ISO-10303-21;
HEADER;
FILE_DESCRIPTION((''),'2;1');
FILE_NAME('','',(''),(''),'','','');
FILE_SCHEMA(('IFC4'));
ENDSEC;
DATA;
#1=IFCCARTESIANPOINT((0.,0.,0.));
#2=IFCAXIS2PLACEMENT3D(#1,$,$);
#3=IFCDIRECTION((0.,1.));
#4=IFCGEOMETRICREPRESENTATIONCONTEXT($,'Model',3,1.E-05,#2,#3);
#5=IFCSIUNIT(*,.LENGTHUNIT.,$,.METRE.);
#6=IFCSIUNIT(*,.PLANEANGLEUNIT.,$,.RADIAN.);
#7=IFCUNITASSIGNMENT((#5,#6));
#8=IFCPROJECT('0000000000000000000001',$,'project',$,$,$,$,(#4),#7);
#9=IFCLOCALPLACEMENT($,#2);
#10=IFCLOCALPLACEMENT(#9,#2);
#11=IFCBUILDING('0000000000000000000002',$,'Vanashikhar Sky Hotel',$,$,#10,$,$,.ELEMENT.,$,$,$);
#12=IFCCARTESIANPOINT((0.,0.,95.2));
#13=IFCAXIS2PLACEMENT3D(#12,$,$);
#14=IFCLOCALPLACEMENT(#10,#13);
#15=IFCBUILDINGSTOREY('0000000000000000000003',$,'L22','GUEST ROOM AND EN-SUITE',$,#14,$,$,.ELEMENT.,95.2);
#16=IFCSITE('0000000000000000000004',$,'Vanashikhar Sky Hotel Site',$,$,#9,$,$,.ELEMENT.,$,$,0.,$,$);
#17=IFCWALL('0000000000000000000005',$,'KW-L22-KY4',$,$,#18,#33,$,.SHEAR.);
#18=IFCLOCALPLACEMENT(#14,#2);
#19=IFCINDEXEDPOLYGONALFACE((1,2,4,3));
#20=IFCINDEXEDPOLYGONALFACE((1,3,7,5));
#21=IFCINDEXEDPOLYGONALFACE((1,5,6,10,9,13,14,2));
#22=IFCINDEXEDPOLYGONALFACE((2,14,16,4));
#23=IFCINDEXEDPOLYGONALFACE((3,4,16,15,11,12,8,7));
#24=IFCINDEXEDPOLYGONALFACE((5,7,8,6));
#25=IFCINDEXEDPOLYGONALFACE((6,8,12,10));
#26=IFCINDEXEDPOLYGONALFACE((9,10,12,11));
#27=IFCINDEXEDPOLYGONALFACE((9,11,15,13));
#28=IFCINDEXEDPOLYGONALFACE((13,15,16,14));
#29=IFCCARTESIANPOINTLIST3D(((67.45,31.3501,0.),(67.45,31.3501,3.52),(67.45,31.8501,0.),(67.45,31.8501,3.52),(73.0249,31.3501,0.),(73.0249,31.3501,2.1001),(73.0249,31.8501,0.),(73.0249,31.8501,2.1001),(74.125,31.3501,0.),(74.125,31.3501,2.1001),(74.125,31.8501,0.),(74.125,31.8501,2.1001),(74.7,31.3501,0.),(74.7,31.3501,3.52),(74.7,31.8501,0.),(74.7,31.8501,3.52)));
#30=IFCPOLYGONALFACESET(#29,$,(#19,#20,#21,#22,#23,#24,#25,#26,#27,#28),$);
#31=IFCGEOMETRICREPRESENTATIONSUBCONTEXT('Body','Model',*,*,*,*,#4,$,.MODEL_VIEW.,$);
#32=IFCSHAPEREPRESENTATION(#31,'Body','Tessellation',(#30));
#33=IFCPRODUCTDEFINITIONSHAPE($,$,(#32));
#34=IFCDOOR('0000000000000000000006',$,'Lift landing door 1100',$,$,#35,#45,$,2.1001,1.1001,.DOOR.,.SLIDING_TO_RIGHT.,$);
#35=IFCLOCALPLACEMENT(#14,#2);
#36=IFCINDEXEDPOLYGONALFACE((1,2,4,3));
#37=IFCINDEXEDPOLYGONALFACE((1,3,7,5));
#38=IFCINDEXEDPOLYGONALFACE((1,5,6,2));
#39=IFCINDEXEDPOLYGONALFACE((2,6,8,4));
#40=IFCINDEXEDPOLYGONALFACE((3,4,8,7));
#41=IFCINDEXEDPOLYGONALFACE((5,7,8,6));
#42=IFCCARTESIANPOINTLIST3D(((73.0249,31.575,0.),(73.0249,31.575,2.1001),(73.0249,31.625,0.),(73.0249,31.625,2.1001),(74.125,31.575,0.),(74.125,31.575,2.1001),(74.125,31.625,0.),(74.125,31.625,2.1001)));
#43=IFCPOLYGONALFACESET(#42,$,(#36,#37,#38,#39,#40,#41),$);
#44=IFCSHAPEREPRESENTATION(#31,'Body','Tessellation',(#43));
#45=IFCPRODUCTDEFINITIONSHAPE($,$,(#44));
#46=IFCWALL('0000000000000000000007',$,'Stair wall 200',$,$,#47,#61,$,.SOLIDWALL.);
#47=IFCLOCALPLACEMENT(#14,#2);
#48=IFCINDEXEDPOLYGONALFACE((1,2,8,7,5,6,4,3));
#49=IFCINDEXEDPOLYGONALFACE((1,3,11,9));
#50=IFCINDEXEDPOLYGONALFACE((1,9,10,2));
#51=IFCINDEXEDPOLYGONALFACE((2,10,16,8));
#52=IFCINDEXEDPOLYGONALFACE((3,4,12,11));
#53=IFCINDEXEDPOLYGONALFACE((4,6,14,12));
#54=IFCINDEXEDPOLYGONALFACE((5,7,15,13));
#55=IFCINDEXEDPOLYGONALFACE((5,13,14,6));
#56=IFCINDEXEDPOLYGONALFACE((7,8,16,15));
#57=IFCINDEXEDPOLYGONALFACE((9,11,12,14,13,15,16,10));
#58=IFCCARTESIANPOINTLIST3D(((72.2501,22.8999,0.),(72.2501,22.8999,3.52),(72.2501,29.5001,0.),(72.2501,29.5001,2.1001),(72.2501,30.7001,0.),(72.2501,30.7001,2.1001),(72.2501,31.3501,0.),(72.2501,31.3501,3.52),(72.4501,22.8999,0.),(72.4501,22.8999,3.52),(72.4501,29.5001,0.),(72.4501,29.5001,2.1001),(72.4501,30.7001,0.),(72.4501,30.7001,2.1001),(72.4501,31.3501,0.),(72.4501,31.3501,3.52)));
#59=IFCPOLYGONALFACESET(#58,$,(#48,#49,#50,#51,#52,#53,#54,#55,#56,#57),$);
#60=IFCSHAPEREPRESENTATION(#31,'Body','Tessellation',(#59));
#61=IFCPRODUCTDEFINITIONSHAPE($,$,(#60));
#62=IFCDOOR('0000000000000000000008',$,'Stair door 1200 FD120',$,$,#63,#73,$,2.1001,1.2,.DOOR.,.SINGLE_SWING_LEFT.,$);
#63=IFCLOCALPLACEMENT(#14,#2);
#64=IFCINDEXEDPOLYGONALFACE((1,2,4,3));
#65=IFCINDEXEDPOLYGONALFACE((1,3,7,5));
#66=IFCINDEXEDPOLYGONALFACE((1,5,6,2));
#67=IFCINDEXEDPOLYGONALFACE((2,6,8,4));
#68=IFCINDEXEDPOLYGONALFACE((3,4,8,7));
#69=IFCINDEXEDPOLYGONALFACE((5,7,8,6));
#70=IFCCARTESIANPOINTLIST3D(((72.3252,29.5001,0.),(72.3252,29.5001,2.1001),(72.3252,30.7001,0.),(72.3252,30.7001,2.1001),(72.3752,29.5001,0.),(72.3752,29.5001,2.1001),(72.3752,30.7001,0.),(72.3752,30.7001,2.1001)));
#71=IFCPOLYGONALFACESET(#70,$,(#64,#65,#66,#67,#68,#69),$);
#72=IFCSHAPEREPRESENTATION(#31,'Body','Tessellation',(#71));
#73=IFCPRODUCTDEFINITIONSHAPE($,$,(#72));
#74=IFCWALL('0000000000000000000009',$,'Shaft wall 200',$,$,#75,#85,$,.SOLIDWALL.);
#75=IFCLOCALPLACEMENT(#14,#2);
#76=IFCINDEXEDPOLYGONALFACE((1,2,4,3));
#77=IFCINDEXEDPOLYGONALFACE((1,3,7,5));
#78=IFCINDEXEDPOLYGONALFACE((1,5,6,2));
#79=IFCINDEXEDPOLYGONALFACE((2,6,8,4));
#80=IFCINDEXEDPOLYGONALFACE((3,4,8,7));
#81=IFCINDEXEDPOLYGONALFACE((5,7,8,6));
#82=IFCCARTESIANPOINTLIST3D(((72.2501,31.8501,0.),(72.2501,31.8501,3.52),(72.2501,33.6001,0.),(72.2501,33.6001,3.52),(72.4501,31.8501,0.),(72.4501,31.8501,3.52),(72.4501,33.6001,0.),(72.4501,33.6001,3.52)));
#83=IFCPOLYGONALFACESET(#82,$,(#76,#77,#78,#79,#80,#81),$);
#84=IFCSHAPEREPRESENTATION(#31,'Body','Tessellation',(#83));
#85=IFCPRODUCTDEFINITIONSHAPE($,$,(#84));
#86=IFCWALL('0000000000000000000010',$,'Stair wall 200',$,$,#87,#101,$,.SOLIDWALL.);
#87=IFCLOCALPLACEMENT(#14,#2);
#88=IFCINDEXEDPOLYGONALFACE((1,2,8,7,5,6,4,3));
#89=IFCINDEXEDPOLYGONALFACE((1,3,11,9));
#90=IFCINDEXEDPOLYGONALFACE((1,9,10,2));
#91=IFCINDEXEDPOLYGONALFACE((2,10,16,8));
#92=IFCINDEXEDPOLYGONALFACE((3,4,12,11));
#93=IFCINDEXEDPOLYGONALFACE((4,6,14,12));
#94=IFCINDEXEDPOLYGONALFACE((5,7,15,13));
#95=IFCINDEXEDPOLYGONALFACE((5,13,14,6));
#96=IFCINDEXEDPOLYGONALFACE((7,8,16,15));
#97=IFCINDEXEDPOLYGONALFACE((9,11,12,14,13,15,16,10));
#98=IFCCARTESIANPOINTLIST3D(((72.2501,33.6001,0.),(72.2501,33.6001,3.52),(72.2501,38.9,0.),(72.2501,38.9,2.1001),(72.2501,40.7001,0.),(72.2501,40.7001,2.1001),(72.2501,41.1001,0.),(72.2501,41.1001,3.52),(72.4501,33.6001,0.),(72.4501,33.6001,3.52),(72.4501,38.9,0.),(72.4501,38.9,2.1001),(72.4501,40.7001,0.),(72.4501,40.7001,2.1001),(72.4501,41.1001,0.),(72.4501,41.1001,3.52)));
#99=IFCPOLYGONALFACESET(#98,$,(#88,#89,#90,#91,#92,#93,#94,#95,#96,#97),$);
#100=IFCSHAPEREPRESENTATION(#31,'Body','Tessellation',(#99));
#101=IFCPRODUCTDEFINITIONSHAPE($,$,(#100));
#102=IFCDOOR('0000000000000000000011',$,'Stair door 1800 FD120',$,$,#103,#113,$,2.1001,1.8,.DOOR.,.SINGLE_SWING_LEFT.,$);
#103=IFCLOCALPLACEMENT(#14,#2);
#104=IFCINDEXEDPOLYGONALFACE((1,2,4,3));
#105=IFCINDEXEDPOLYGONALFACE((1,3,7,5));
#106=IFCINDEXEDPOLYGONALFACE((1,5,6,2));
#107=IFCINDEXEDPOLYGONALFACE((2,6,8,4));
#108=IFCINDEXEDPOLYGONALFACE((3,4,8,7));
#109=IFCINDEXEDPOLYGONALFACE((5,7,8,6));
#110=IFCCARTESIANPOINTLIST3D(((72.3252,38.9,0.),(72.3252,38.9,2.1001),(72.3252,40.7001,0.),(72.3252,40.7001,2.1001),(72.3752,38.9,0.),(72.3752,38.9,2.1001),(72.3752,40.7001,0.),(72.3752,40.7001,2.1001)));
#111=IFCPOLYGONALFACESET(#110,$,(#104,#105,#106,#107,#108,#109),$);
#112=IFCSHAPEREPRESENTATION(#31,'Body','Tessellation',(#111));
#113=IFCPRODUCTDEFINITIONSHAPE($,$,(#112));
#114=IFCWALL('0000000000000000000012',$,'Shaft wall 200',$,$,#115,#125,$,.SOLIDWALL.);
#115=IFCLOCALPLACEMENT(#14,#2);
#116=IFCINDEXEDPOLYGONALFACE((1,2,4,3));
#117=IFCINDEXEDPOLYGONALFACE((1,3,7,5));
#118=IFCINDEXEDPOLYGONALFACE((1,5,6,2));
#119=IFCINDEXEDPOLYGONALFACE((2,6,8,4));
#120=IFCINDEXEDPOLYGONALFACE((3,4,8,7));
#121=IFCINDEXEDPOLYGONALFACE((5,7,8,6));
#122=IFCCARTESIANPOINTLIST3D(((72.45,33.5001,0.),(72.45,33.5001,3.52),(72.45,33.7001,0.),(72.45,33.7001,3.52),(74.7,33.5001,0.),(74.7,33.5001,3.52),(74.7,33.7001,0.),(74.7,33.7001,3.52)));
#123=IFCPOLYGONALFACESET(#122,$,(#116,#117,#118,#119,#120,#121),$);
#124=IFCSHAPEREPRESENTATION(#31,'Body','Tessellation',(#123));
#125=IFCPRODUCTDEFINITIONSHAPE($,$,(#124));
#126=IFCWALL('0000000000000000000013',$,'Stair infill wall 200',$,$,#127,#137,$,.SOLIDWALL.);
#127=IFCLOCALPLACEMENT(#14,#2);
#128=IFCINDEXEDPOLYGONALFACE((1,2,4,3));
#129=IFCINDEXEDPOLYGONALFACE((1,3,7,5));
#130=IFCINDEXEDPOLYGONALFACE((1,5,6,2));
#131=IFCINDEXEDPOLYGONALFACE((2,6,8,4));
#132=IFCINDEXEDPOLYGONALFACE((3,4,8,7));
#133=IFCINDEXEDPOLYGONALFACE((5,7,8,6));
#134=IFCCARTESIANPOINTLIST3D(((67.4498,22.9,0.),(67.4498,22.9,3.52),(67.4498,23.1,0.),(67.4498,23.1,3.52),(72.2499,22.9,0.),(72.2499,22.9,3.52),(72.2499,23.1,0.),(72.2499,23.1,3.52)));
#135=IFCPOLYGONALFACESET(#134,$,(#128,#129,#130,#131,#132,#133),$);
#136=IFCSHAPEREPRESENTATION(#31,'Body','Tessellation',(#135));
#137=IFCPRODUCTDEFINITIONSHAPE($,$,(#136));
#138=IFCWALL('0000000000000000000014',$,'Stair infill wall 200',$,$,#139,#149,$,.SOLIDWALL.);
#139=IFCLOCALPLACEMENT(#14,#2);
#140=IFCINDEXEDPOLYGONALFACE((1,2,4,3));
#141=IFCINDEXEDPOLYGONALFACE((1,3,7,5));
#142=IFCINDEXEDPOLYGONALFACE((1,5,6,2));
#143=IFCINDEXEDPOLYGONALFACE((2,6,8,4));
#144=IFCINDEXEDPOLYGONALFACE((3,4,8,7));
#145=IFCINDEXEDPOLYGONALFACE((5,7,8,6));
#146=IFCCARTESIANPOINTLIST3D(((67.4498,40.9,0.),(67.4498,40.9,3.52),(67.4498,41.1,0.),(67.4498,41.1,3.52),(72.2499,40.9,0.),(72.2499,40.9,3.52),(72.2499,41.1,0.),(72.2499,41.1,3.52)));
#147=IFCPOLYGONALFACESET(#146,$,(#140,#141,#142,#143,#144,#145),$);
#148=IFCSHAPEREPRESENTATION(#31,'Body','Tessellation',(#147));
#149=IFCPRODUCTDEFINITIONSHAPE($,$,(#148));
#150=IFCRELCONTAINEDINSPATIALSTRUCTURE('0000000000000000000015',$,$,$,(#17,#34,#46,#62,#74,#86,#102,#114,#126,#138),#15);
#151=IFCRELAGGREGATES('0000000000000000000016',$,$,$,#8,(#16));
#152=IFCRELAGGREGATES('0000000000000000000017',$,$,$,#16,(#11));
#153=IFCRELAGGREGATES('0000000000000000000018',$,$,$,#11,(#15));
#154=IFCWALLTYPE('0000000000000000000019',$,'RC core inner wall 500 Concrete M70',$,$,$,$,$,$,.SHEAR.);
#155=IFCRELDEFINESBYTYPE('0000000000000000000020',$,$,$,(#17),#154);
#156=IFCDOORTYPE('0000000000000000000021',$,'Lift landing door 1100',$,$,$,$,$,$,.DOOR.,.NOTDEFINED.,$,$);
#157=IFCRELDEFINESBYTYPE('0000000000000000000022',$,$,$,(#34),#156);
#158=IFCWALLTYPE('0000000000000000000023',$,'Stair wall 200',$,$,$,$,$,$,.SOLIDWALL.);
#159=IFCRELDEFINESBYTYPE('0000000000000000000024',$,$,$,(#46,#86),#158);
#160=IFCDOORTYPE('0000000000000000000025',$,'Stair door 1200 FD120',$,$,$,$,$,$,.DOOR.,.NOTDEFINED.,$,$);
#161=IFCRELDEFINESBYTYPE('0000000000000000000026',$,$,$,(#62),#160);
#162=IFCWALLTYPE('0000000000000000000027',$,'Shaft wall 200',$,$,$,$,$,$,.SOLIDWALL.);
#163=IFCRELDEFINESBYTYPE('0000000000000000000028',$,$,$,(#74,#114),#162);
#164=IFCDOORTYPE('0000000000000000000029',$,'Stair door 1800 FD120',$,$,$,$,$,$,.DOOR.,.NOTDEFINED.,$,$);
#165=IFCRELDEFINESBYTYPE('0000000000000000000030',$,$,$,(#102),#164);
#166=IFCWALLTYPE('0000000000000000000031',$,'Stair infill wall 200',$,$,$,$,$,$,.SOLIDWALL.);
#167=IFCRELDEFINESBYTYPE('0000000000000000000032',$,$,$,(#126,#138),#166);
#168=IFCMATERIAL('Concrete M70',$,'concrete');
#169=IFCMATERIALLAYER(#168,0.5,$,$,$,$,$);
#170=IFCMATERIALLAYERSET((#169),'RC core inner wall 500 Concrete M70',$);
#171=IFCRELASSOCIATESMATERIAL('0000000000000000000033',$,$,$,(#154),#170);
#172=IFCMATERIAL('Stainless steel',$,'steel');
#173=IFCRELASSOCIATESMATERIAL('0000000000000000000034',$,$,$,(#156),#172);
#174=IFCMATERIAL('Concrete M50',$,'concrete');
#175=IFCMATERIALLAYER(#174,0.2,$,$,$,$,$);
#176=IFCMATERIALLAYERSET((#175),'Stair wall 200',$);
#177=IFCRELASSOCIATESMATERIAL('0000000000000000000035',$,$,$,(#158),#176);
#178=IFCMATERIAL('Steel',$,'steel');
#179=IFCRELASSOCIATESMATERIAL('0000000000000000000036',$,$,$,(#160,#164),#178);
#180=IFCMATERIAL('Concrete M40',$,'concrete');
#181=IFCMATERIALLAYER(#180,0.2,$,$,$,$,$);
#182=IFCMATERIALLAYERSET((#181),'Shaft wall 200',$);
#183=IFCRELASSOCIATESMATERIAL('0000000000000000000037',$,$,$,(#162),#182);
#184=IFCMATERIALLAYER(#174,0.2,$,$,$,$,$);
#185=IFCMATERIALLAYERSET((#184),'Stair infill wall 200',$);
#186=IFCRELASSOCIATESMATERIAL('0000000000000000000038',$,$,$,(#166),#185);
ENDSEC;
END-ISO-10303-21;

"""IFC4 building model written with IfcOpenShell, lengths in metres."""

from ifc_helpers import new_model, si_unit, direction, frame, frame_2d, origin, place, context, subcontext, project, spatial, rectangle, extrude, source, transform, mapped, material, layer, layer_set, type_object, element, fill, save


model = new_model("IFC4")

# Units and contexts
model_context = context("Model", 3, precision=1e-05, world=origin(), true_north=direction((0.0, 1.0)))
body_context = subcontext(model_context, "Body", "Model", "MODEL_VIEW")
ifc_project = project(units=[si_unit("LENGTHUNIT", "METRE"), si_unit("PLANEANGLEUNIT", "RADIAN")], contexts=[model_context])

# Site, building, storey
site_placement = place(None, origin())
site = spatial("IfcSite", under=ifc_project, at=site_placement, Name="Vanashikhar Sky Hotel Site", CompositionType="ELEMENT", RefElevation=0.0)
building_placement = place(site_placement, origin())
building = spatial("IfcBuilding", under=site, at=building_placement, Name="Vanashikhar Sky Hotel", CompositionType="ELEMENT")
storey_placement = place(building_placement, frame((0.0, 0.0, 95.2)))
storey = spatial("IfcBuildingStorey", under=building, at=storey_placement, Name="L22", Description="GUEST ROOM AND EN-SUITE", CompositionType="ELEMENT", Elevation=95.2)

# Walls, openings, doors
ifc_material_1 = material(Name="Concrete M70", Category="concrete")
ifc_layer_1 = layer(ifc_material_1, 0.5)
ifc_layer_set_1 = layer_set([ifc_layer_1], Name="RC core inner wall 500 Concrete M70")
wall_type_1 = type_object("IfcWallType", Name="RC core inner wall 500 Concrete M70", PredefinedType="SHEAR", material=ifc_layer_set_1)
shared_shape_1 = source(origin(), body_context, "Body", "SweptSolid", [
    extrude(rectangle(XDim=7.25, YDim=0.5, at=frame_2d((3.625, 0.0))), origin(), (0.0, 0.0, 1.0), 3.52),
])
wall_1_placement = place(storey_placement, frame((67.45, 31.6001, 0.0), z_axis=(0.0, 0.0, 1.0), x_axis=(1.0, 0.0, 0.0)))
wall_1 = element("IfcWall", 1, at=wall_1_placement, inside=storey, type_object=wall_type_1, Name="KW-L22-KY4", PredefinedType="SHEAR", context=body_context, shape_type="MappedRepresentation", body=[
    mapped(shared_shape_1, transform((0.0, 0.0, 0.0), scale=1.0)),
])
shared_shape_2 = source(origin(), body_context, "Body", "SweptSolid", [
    extrude(rectangle(XDim=1.1001, YDim=2.1001, at=frame_2d((0.55, 1.05))), frame((0.0, 0.26, 0.0), z_axis=(0.0, -1.0, 0.0), x_axis=(1.0, 0.0, 0.0)), (0.0, 0.0, 1.0), 0.52),
])
opening_1_placement = place(wall_1_placement, frame((5.575, 0.0, 0.0)))
opening_1 = element("IfcOpeningElement", 2, at=opening_1_placement, cuts=wall_1, PredefinedType="OPENING", context=body_context, shape_type="MappedRepresentation", body=[
    mapped(shared_shape_2, transform((0.0, 0.0, 0.0), scale=1.0)),
])
ifc_material_2 = material(Name="Stainless steel", Category="steel")
door_type_1 = type_object("IfcDoorType", Name="Lift landing door 1100", OperationType="NOTDEFINED", PredefinedType="DOOR", material=ifc_material_2)
shared_shape_3 = source(origin(), body_context, "Body", "SweptSolid", [
    extrude(rectangle(XDim=1.1001, YDim=2.1001, at=frame_2d((0.55, 1.05))), frame((0.0, 0.0249, 0.0), z_axis=(0.0, -1.0, 0.0), x_axis=(1.0, 0.0, 0.0)), (0.0, 0.0, 1.0), 0.05),
])
door_1_placement = place(opening_1_placement, origin())
door_1 = element("IfcDoor", 3, at=door_1_placement, inside=storey, type_object=door_type_1, Name="Lift landing door 1100", OperationType="SLIDING_TO_RIGHT", OverallHeight=2.1001, OverallWidth=1.1001, PredefinedType="DOOR", context=body_context, shape_type="MappedRepresentation", body=[
    mapped(shared_shape_3, transform((0.0, 0.0, 0.0), scale=1.0)),
])
fill(opening_1, door_1)
ifc_material_3 = material(Name="Concrete M50", Category="concrete")
ifc_layer_2 = layer(ifc_material_3, 0.2)
ifc_layer_set_2 = layer_set([ifc_layer_2], Name="Stair wall 200")
wall_type_2 = type_object("IfcWallType", Name="Stair wall 200", PredefinedType="SOLIDWALL", material=ifc_layer_set_2)
shared_shape_4 = source(origin(), body_context, "Body", "SweptSolid", [
    extrude(rectangle(XDim=8.4502, YDim=0.2, at=frame_2d((4.2251, 0.0))), origin(), (0.0, 0.0, 1.0), 3.52),
])
wall_2_placement = place(storey_placement, frame((72.3501, 22.8999, 0.0), z_axis=(0.0, 0.0, 1.0), x_axis=(0.0, 1.0, 0.0)))
wall_2 = element("IfcWall", 4, at=wall_2_placement, inside=storey, type_object=wall_type_2, Name="Stair wall 200", PredefinedType="SOLIDWALL", context=body_context, shape_type="MappedRepresentation", body=[
    mapped(shared_shape_4, transform((0.0, 0.0, 0.0), scale=1.0)),
])
shared_shape_5 = source(origin(), body_context, "Body", "SweptSolid", [
    extrude(rectangle(XDim=1.2, YDim=2.1001, at=frame_2d((0.6001, 1.05))), frame((0.0, 0.1099, 0.0), z_axis=(0.0, -1.0, 0.0), x_axis=(1.0, 0.0, 0.0)), (0.0, 0.0, 1.0), 0.22),
])
opening_2_placement = place(wall_2_placement, frame((6.6001, 0.0, 0.0)))
opening_2 = element("IfcOpeningElement", 5, at=opening_2_placement, cuts=wall_2, PredefinedType="OPENING", context=body_context, shape_type="MappedRepresentation", body=[
    mapped(shared_shape_5, transform((0.0, 0.0, 0.0), scale=1.0)),
])
ifc_material_4 = material(Name="Steel", Category="steel")
door_type_2 = type_object("IfcDoorType", Name="Stair door 1200 FD120", OperationType="NOTDEFINED", PredefinedType="DOOR", material=ifc_material_4)
shared_shape_6 = source(origin(), body_context, "Body", "SweptSolid", [
    extrude(rectangle(XDim=1.2, YDim=2.1001, at=frame_2d((0.6001, 1.05))), frame((0.0, 0.0249, 0.0), z_axis=(0.0, -1.0, 0.0), x_axis=(1.0, 0.0, 0.0)), (0.0, 0.0, 1.0), 0.05),
])
door_2_placement = place(opening_2_placement, origin())
door_2 = element("IfcDoor", 6, at=door_2_placement, inside=storey, type_object=door_type_2, Name="Stair door 1200 FD120", OperationType="SINGLE_SWING_LEFT", OverallHeight=2.1001, OverallWidth=1.2, PredefinedType="DOOR", context=body_context, shape_type="MappedRepresentation", body=[
    mapped(shared_shape_6, transform((0.0, 0.0, 0.0), scale=1.0)),
])
fill(opening_2, door_2)

# Wall
ifc_material_5 = material(Name="Concrete M40", Category="concrete")
ifc_layer_3 = layer(ifc_material_5, 0.2)
ifc_layer_set_3 = layer_set([ifc_layer_3], Name="Shaft wall 200")
wall_type_3 = type_object("IfcWallType", Name="Shaft wall 200", PredefinedType="SOLIDWALL", material=ifc_layer_set_3)
shared_shape_7 = source(origin(), body_context, "Body", "SweptSolid", [
    extrude(rectangle(XDim=1.75, YDim=0.2, at=frame_2d((0.875, 0.0))), origin(), (0.0, 0.0, 1.0), 3.52),
])
wall_3_placement = place(storey_placement, frame((72.3501, 31.8501, 0.0), z_axis=(0.0, 0.0, 1.0), x_axis=(0.0, 1.0, 0.0)))
element("IfcWall", 7, at=wall_3_placement, inside=storey, type_object=wall_type_3, Name="Shaft wall 200", PredefinedType="SOLIDWALL", context=body_context, shape_type="MappedRepresentation", body=[
    mapped(shared_shape_7, transform((0.0, 0.0, 0.0), scale=1.0)),
])

# Wall, opening, door
shared_shape_8 = source(origin(), body_context, "Body", "SweptSolid", [
    extrude(rectangle(XDim=7.5, YDim=0.2, at=frame_2d((3.75, 0.0))), origin(), (0.0, 0.0, 1.0), 3.52),
])
wall_4_placement = place(storey_placement, frame((72.3501, 33.6001, 0.0), z_axis=(0.0, 0.0, 1.0), x_axis=(0.0, 1.0, 0.0)))
wall_4 = element("IfcWall", 8, at=wall_4_placement, inside=storey, type_object=wall_type_2, Name="Stair wall 200", PredefinedType="SOLIDWALL", context=body_context, shape_type="MappedRepresentation", body=[
    mapped(shared_shape_8, transform((0.0, 0.0, 0.0), scale=1.0)),
])
shared_shape_9 = source(origin(), body_context, "Body", "SweptSolid", [
    extrude(rectangle(XDim=1.8, YDim=2.1001, at=frame_2d((0.8999, 1.05))), frame((0.0, 0.1099, 0.0), z_axis=(0.0, -1.0, 0.0), x_axis=(1.0, 0.0, 0.0)), (0.0, 0.0, 1.0), 0.22),
])
opening_3_placement = place(wall_4_placement, frame((5.3, 0.0, 0.0)))
opening_3 = element("IfcOpeningElement", 9, at=opening_3_placement, cuts=wall_4, PredefinedType="OPENING", context=body_context, shape_type="MappedRepresentation", body=[
    mapped(shared_shape_9, transform((0.0, 0.0, 0.0), scale=1.0)),
])
door_type_3 = type_object("IfcDoorType", Name="Stair door 1800 FD120", OperationType="NOTDEFINED", PredefinedType="DOOR", material=ifc_material_4)
shared_shape_10 = source(origin(), body_context, "Body", "SweptSolid", [
    extrude(rectangle(XDim=1.8, YDim=2.1001, at=frame_2d((0.8999, 1.05))), frame((0.0, 0.0249, 0.0), z_axis=(0.0, -1.0, 0.0), x_axis=(1.0, 0.0, 0.0)), (0.0, 0.0, 1.0), 0.05),
])
door_3_placement = place(opening_3_placement, origin())
door_3 = element("IfcDoor", 10, at=door_3_placement, inside=storey, type_object=door_type_3, Name="Stair door 1800 FD120", OperationType="SINGLE_SWING_LEFT", OverallHeight=2.1001, OverallWidth=1.8, PredefinedType="DOOR", context=body_context, shape_type="MappedRepresentation", body=[
    mapped(shared_shape_10, transform((0.0, 0.0, 0.0), scale=1.0)),
])
fill(opening_3, door_3)

# Walls
shared_shape_11 = source(origin(), body_context, "Body", "SweptSolid", [
    extrude(rectangle(XDim=2.25, YDim=0.2, at=frame_2d((1.125, 0.0))), origin(), (0.0, 0.0, 1.0), 3.52),
])
wall_5_placement = place(storey_placement, frame((72.45, 33.6001, 0.0), z_axis=(0.0, 0.0, 1.0), x_axis=(1.0, 0.0, 0.0)))
element("IfcWall", 11, at=wall_5_placement, inside=storey, type_object=wall_type_3, Name="Shaft wall 200", PredefinedType="SOLIDWALL", context=body_context, shape_type="MappedRepresentation", body=[
    mapped(shared_shape_11, transform((0.0, 0.0, 0.0), scale=1.0)),
])
ifc_layer_4 = layer(ifc_material_3, 0.2)
ifc_layer_set_4 = layer_set([ifc_layer_4], Name="Stair infill wall 200")
wall_type_4 = type_object("IfcWallType", Name="Stair infill wall 200", PredefinedType="SOLIDWALL", material=ifc_layer_set_4)
shared_shape_12 = source(origin(), body_context, "Body", "SweptSolid", [
    extrude(rectangle(XDim=4.8, YDim=0.2, at=frame_2d((2.3999, 0.0))), origin(), (0.0, 0.0, 1.0), 3.52),
])
for number, where, z_axis, x_axis, name in (
    (12, (67.45, 23.0, 0.0), (0.0, 0.0, 1.0), (1.0, 0.0, 0.0), "Stair infill wall 200"),
    (13, (67.45, 41.0, 0.0), (0.0, 0.0, 1.0), (1.0, 0.0, 0.0), "Stair infill wall 200"),
):
    element("IfcWall", number, at=place(storey_placement, frame(where, z_axis=z_axis, x_axis=x_axis)), inside=storey, type_object=wall_type_4, Name=name, PredefinedType="SOLIDWALL", context=body_context, shape_type="MappedRepresentation", body=[
        mapped(shared_shape_12, transform((0.0, 0.0, 0.0), scale=1.0)),
    ])

save(model, "model.ifc")
